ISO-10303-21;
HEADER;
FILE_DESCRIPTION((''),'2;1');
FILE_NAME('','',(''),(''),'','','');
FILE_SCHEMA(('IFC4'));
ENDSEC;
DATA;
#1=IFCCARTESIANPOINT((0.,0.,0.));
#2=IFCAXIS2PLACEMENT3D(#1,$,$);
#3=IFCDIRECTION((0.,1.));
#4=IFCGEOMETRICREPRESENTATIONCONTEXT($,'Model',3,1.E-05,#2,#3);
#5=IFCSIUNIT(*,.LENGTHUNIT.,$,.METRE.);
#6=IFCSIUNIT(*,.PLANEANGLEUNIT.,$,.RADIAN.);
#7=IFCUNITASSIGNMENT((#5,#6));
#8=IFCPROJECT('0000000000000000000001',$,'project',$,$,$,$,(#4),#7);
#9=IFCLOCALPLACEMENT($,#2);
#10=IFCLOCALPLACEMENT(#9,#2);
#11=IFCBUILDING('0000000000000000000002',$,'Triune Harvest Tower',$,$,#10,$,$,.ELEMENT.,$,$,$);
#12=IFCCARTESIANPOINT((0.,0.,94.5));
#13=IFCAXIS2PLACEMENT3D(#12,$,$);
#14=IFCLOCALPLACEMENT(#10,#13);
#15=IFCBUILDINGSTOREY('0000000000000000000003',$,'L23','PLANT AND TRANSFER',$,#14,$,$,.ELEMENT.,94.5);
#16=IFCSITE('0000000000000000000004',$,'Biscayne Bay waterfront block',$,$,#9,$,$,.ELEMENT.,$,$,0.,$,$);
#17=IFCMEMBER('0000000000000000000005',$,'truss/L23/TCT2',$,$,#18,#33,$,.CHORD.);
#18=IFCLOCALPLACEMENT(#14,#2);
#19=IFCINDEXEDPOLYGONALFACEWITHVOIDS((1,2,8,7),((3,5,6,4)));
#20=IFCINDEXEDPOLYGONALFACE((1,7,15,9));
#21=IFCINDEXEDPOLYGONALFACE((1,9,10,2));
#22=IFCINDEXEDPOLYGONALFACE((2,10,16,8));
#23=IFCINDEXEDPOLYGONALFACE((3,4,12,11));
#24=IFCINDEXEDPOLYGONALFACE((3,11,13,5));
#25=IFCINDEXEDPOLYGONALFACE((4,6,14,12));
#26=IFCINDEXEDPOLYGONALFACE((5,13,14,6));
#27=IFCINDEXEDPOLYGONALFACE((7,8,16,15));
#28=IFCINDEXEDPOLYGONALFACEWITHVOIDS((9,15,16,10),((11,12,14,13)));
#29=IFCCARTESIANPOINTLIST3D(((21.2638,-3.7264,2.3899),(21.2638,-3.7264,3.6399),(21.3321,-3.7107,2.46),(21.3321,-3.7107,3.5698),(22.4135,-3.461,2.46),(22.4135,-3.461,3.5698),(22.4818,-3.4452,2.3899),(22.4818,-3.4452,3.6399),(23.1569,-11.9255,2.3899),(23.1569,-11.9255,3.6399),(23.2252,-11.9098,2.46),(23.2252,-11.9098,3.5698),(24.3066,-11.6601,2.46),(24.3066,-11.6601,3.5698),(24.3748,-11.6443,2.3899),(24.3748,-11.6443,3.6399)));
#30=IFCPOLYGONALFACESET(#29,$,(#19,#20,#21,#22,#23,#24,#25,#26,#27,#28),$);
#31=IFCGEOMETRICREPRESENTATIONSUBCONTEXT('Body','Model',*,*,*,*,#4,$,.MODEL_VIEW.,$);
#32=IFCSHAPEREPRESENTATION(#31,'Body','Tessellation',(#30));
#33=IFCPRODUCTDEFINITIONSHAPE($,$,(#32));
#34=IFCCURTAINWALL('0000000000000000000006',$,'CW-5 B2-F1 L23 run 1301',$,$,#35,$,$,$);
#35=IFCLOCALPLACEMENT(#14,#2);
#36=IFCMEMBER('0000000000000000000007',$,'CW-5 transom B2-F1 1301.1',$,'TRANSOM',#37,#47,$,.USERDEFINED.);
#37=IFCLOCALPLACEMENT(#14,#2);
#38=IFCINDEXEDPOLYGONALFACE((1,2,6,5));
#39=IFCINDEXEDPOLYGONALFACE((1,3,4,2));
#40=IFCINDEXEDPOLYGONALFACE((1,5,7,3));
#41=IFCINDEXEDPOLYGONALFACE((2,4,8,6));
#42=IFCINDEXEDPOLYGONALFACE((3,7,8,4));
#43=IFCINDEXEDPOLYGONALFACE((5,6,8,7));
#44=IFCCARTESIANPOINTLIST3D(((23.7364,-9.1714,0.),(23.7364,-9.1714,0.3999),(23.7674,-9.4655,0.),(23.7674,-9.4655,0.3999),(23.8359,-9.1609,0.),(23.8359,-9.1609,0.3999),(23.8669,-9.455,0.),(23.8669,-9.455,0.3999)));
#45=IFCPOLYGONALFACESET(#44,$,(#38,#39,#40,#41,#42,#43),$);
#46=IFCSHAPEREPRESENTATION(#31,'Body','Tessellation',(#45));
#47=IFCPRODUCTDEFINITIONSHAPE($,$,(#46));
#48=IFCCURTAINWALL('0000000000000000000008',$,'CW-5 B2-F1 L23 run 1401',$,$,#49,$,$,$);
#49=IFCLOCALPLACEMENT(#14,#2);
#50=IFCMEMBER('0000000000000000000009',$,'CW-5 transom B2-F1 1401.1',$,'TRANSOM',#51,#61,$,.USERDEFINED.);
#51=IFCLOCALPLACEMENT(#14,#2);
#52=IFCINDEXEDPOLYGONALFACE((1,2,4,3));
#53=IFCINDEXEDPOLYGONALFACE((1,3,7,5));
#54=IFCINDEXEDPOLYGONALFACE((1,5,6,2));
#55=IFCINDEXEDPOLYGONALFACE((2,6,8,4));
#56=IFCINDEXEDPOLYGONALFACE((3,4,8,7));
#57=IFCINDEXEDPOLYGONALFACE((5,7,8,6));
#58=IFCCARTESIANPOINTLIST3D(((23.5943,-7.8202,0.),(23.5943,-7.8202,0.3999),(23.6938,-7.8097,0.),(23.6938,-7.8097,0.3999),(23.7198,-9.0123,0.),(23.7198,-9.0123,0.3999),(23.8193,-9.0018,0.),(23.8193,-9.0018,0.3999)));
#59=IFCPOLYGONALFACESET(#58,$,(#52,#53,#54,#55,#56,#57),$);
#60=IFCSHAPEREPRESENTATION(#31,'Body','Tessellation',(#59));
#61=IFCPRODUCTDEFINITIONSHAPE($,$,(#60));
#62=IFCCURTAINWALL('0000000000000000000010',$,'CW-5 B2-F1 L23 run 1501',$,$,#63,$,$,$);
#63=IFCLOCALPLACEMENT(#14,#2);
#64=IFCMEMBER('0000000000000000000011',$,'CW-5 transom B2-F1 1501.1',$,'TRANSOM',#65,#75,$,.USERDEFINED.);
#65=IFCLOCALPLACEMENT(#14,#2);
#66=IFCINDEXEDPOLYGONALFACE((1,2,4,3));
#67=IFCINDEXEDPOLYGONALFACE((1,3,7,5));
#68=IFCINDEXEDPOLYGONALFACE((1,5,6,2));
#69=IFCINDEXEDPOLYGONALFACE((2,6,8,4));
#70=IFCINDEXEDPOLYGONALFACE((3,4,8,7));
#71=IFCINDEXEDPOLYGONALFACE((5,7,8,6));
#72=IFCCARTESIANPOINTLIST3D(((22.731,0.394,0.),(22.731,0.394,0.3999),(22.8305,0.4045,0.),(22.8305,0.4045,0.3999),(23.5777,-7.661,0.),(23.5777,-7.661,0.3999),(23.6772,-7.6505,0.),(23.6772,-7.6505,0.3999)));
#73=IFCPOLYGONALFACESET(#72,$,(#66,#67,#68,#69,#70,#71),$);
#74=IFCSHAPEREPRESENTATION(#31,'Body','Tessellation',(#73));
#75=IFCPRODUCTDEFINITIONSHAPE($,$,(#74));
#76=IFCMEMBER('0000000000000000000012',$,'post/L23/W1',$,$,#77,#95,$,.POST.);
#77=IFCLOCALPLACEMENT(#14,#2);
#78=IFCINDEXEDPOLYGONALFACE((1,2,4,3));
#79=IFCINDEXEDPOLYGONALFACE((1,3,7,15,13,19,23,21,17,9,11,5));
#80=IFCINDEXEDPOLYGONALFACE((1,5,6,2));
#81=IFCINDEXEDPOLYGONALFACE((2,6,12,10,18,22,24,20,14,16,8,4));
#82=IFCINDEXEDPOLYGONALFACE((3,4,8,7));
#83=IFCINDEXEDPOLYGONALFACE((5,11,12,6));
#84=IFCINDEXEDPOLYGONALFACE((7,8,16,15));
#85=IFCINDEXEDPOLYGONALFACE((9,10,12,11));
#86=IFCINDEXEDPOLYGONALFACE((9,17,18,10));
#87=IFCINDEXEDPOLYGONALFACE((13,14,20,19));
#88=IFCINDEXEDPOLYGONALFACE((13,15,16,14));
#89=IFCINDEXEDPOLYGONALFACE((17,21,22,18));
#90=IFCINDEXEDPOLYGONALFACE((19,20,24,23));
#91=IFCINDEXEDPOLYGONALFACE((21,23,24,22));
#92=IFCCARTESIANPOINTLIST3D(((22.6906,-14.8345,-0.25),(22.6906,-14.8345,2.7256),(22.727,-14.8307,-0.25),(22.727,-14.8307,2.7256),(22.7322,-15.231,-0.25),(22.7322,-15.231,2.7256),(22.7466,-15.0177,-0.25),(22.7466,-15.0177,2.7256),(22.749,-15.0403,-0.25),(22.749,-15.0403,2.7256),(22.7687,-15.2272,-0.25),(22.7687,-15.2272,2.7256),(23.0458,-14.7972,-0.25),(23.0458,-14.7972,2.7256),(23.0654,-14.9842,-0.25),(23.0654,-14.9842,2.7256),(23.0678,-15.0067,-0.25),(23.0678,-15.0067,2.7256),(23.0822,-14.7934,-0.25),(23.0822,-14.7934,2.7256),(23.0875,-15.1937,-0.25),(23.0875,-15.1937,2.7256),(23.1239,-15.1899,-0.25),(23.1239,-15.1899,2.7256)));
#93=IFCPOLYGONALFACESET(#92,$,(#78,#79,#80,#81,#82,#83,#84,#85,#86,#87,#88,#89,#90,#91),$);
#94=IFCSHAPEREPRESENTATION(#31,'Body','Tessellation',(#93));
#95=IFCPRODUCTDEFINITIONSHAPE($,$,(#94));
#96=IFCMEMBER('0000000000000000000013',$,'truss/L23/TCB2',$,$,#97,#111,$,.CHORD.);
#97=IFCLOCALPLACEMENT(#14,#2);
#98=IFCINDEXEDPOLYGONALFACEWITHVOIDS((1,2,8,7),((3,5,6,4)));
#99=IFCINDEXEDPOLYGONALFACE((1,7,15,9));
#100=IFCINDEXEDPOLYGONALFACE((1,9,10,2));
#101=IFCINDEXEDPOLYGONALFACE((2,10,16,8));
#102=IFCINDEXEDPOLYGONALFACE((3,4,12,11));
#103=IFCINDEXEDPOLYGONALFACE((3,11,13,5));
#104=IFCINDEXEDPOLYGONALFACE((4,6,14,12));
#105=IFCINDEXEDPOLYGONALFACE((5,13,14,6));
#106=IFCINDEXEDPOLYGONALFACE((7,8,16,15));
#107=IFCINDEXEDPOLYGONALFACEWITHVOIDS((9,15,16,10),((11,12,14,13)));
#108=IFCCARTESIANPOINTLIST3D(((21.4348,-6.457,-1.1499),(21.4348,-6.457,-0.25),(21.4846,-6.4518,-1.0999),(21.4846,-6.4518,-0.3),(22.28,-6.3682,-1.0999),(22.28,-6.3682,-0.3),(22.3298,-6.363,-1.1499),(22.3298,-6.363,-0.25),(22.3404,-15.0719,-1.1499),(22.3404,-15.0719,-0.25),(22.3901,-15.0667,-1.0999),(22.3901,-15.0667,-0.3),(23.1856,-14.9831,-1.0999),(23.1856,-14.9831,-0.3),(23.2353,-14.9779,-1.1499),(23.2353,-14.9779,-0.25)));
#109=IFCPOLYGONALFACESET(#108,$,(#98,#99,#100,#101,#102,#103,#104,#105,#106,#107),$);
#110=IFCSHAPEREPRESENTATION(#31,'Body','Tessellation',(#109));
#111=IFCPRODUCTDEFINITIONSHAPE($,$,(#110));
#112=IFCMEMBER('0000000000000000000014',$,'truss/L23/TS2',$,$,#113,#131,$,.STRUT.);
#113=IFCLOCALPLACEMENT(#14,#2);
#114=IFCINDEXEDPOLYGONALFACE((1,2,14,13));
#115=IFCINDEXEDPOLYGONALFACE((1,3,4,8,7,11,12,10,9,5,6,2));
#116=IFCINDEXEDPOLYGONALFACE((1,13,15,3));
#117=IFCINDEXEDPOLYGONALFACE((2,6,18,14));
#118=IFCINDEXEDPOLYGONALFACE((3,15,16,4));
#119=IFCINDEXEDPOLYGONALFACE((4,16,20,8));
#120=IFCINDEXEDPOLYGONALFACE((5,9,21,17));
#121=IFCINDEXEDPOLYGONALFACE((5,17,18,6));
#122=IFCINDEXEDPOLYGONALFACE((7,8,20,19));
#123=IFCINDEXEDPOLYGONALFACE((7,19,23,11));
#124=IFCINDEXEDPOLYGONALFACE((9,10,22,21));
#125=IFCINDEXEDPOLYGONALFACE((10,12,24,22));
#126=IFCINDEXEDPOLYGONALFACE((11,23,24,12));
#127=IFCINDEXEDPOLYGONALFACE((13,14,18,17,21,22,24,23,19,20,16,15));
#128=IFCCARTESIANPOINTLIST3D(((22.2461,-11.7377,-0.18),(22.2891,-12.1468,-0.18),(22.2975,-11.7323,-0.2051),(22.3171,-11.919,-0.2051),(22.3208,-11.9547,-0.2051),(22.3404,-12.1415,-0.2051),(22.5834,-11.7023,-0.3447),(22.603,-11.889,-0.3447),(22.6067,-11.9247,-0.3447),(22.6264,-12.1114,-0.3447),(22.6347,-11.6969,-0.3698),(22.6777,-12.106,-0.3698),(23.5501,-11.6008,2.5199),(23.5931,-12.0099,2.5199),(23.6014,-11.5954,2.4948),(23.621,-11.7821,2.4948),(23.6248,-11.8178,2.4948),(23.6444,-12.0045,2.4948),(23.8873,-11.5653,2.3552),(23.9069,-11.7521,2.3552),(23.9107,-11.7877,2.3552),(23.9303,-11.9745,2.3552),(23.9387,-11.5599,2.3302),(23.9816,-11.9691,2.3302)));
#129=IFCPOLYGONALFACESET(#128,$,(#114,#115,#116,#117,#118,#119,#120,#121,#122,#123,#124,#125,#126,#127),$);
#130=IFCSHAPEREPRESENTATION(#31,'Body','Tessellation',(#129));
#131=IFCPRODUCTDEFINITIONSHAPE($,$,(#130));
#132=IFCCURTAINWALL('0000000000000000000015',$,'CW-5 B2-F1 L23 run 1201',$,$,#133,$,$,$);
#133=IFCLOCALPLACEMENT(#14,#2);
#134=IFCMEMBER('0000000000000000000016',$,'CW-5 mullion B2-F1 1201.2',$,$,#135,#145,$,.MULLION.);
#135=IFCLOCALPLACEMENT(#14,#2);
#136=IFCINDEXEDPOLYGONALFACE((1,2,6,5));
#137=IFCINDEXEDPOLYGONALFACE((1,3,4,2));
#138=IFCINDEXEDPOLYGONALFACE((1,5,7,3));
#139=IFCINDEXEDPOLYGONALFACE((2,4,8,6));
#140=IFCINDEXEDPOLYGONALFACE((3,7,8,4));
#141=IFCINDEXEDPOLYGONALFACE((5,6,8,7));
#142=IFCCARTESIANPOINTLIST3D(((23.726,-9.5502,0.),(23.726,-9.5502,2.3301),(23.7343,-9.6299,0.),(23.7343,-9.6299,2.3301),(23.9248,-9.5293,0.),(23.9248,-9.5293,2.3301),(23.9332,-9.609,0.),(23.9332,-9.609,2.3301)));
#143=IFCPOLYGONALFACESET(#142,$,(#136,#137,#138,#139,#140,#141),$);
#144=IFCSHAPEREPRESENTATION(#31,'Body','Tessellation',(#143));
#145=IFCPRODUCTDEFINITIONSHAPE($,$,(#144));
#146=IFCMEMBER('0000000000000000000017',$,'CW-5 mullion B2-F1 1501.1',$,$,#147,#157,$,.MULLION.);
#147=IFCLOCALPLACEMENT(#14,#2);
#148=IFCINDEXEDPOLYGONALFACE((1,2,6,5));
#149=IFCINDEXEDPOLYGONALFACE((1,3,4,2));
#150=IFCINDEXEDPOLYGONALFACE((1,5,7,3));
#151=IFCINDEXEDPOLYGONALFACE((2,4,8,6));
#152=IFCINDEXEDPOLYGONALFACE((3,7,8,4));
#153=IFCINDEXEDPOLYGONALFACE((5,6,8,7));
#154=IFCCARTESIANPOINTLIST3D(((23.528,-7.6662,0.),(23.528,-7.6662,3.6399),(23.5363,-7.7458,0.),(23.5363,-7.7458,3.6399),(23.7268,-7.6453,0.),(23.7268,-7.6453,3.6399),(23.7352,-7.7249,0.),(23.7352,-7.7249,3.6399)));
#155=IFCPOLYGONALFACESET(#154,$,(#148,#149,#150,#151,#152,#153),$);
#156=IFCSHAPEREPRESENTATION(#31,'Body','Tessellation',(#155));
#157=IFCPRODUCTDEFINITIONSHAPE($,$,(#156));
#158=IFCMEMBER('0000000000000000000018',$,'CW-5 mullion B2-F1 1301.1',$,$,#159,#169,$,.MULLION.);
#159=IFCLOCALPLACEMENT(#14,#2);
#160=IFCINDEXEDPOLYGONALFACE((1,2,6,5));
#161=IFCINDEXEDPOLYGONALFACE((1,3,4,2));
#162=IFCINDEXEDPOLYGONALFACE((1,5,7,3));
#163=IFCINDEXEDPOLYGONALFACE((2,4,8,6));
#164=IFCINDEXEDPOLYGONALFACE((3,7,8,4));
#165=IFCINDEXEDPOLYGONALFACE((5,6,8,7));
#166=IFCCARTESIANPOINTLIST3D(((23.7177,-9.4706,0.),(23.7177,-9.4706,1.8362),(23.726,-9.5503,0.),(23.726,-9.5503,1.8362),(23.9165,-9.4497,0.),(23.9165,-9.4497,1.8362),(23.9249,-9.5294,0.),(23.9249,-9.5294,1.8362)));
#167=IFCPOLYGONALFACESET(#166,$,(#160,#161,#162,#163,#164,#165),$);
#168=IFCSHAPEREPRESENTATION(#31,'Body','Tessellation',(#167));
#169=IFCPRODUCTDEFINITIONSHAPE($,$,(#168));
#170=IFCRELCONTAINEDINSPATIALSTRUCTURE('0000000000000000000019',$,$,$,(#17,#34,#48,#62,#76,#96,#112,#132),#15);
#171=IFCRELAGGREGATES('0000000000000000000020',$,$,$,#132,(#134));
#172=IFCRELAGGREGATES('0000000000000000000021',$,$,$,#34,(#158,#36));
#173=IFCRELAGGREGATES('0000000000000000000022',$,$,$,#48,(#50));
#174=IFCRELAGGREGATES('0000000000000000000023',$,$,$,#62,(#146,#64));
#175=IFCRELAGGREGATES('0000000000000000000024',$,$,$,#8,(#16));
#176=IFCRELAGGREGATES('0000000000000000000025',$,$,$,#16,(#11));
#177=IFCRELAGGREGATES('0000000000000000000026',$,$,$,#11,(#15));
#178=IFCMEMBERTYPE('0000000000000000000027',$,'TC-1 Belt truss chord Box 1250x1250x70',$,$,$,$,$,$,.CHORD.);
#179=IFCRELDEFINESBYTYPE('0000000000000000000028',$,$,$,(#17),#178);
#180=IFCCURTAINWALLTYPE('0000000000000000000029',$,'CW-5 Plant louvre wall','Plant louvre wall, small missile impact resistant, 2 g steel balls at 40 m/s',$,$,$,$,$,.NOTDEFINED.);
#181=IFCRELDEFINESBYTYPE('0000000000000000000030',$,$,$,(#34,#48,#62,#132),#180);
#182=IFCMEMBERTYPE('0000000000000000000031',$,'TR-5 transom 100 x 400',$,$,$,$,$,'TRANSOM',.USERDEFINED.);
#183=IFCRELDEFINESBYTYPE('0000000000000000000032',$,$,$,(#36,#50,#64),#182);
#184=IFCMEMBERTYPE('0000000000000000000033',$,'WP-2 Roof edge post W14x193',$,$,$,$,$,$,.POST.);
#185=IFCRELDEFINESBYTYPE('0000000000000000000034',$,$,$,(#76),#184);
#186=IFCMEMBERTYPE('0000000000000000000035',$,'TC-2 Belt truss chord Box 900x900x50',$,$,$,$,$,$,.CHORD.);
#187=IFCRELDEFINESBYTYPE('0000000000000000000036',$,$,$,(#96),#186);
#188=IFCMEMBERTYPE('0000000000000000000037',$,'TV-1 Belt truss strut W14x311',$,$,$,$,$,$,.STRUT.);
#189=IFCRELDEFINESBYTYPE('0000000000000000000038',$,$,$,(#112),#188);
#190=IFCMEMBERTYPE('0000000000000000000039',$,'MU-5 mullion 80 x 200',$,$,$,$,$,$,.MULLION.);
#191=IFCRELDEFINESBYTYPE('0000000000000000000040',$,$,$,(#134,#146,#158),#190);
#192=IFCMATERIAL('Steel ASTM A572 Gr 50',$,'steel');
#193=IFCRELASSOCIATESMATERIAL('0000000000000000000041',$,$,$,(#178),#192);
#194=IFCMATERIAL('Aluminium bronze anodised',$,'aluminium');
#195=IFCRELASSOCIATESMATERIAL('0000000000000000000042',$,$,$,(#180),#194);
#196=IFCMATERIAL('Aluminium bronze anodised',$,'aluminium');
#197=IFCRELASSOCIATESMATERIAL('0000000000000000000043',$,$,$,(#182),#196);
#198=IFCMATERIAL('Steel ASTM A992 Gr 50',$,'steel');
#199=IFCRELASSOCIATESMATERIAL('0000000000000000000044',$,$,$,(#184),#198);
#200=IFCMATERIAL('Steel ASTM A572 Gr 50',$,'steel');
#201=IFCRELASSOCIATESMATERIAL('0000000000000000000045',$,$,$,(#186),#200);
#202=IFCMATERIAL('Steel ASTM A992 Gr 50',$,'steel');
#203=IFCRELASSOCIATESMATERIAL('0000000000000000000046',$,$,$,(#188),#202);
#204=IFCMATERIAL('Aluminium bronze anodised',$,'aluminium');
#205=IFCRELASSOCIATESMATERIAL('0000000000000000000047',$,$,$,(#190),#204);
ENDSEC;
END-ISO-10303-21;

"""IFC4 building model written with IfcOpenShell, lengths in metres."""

from ifc_helpers import new_model, si_unit, direction, frame, origin, origin_2d, place, context, subcontext, project, spatial, rectangle, hollow_rectangle, i_section, extrude, source, transform, mapped, material, material_profile, profile_set, type_object, element, aggregate, save


model = new_model("IFC4")

# Units and contexts
model_context = context("Model", 3, precision=1e-05, world=origin(), true_north=direction((0.0, 1.0)))
body_context = subcontext(model_context, "Body", "Model", "MODEL_VIEW")
ifc_project = project(units=[si_unit("LENGTHUNIT", "METRE"), si_unit("PLANEANGLEUNIT", "RADIAN")], contexts=[model_context])

# Site, building, storey
site_placement = place(None, origin())
site = spatial("IfcSite", under=ifc_project, at=site_placement, Name="Biscayne Bay waterfront block", CompositionType="ELEMENT", RefElevation=0.0)
building_placement = place(site_placement, origin())
building = spatial("IfcBuilding", under=site, at=building_placement, Name="Triune Harvest Tower", CompositionType="ELEMENT")
storey_placement = place(building_placement, frame((0.0, 0.0, 94.5)))
storey = spatial("IfcBuildingStorey", under=building, at=storey_placement, Name="L23", Description="PLANT AND TRANSFER", CompositionType="ELEMENT", Elevation=94.5)

# Member
ifc_material_1 = material(Name="Steel ASTM A572 Gr 50", Category="steel")
ifc_material_profile_1 = material_profile(ifc_material_1, hollow_rectangle(XDim=1.25, YDim=1.25, WallThickness=0.0701, at=origin_2d()), Name="Box 1250x1250x70")
ifc_profile_set_1 = profile_set([ifc_material_profile_1], Name="Steel ASTM A572 Gr 50")
member_type_1 = type_object("IfcMemberType", Name="TC-1 Belt truss chord Box 1250x1250x70", PredefinedType="CHORD", material=ifc_profile_set_1)
member_1_placement = place(storey_placement, frame((23.7659, -11.7849, 3.0149), z_axis=(-0.224972, 0.974365, 0.0), x_axis=(-0.974365, -0.224972, 0.0)))
element("IfcMember", 1, at=member_1_placement, inside=storey, type_object=member_type_1, Name="truss/L23/TCT2", PredefinedType="CHORD", context=body_context, shape_type="SweptSolid", body=[
    extrude(hollow_rectangle(XDim=1.25, YDim=1.25, WallThickness=0.0701, at=origin_2d()), origin(), (0.0, 0.0, 1.0), 8.4148),
])

# Curtain walls, members
ifc_material_2 = material(Name="Aluminium bronze anodised", Category="aluminium")
curtain_wall_type = type_object("IfcCurtainWallType", Name="CW-5 Plant louvre wall", Description="Plant louvre wall, small missile impact resistant, 2 g steel balls at 40 m/s", PredefinedType="NOTDEFINED", material=ifc_material_2)
curtain_wall_1_placement = place(storey_placement, origin())
curtain_wall_1 = element("IfcCurtainWall", 2, at=curtain_wall_1_placement, inside=storey, type_object=curtain_wall_type, Name="CW-5 B2-F1 L23 run 1301")
ifc_material_3 = material(Name="Aluminium bronze anodised", Category="aluminium")
ifc_material_profile_2 = material_profile(ifc_material_3, rectangle(XDim=0.1001, YDim=0.3999, at=origin_2d()), Name="TR-5 transom 100 x 400")
ifc_profile_set_2 = profile_set([ifc_material_profile_2], Name="Aluminium bronze anodised")
member_type_2 = type_object("IfcMemberType", Name="TR-5 transom 100 x 400", ElementType="TRANSOM", PredefinedType="USERDEFINED", material=ifc_profile_set_2)
member_2_placement = place(storey_placement, frame((23.8171, -9.4602, 0.2), z_axis=(-0.1049, 0.994483, 0.0), x_axis=(-0.994483, -0.1049, 0.0)))
member_2 = element("IfcMember", 3, at=member_2_placement, type_object=member_type_2, Name="CW-5 transom B2-F1 1301.1", ObjectType="TRANSOM", PredefinedType="USERDEFINED", context=body_context, shape_type="SweptSolid", body=[
    extrude(rectangle(XDim=0.1001, YDim=0.3999, at=origin_2d()), origin(), (0.0, 0.0, 1.0), 0.2957),
])
curtain_wall_2_placement = place(storey_placement, origin())
curtain_wall_2 = element("IfcCurtainWall", 4, at=curtain_wall_2_placement, inside=storey, type_object=curtain_wall_type, Name="CW-5 B2-F1 L23 run 1401")
member_3_placement = place(storey_placement, frame((23.7695, -9.0071, 0.2), z_axis=(-0.104685, 0.994505, 0.0), x_axis=(-0.994505, -0.104685, 0.0)))
member_3 = element("IfcMember", 5, at=member_3_placement, type_object=member_type_2, Name="CW-5 transom B2-F1 1401.1", ObjectType="TRANSOM", PredefinedType="USERDEFINED", context=body_context, shape_type="SweptSolid", body=[
    extrude(rectangle(XDim=0.1001, YDim=0.3999, at=origin_2d()), origin(), (0.0, 0.0, 1.0), 1.1987),
])
curtain_wall_3_placement = place(storey_placement, origin())
curtain_wall_3 = element("IfcCurtainWall", 6, at=curtain_wall_3_placement, inside=storey, type_object=curtain_wall_type, Name="CW-5 B2-F1 L23 run 1501")
member_4_placement = place(storey_placement, frame((23.6274, -7.6558, 0.2), z_axis=(-0.104537, 0.994521, 0.0), x_axis=(-0.994521, -0.104537, 0.0)))
member_4 = element("IfcMember", 7, at=member_4_placement, type_object=member_type_2, Name="CW-5 transom B2-F1 1501.1", ObjectType="TRANSOM", PredefinedType="USERDEFINED", context=body_context, shape_type="SweptSolid", body=[
    extrude(rectangle(XDim=0.1001, YDim=0.3999, at=origin_2d()), origin(), (0.0, 0.0, 1.0), 8.0994),
])

# Members
ifc_material_4 = material(Name="Steel ASTM A992 Gr 50", Category="steel")
ifc_material_profile_3 = material_profile(ifc_material_4, i_section(OverallWidth=0.3987, OverallDepth=0.3938, WebThickness=0.0227, FlangeThickness=0.0366, at=origin_2d()), Name="W14x193")
ifc_profile_set_3 = profile_set([ifc_material_profile_3], Name="Steel ASTM A992 Gr 50")
member_type_3 = type_object("IfcMemberType", Name="WP-2 Roof edge post W14x193", PredefinedType="POST", material=ifc_profile_set_3)
shared_shape_1 = source(origin(), body_context, "Body", "SweptSolid", [
    extrude(i_section(OverallWidth=0.3987, OverallDepth=0.3938, WebThickness=0.0227, FlangeThickness=0.0366, at=origin_2d()), origin(), (0.0, 0.0, 1.0), 2.9756),
])
member_5_placement = place(storey_placement, frame((22.9072, -15.0122, -0.25), z_axis=(0.0, 0.0, 1.0), x_axis=(-0.104527, 0.994522, 0.0)))
element("IfcMember", 8, at=member_5_placement, inside=storey, type_object=member_type_3, Name="post/L23/W1", PredefinedType="POST", context=body_context, shape_type="MappedRepresentation", body=[
    mapped(shared_shape_1, transform((0.0, 0.0, 0.0), scale=1.0)),
])
ifc_material_5 = material(Name="Steel ASTM A572 Gr 50", Category="steel")
ifc_material_profile_4 = material_profile(ifc_material_5, hollow_rectangle(XDim=0.8999, YDim=0.8999, WallThickness=0.05, at=origin_2d()), Name="Box 900x900x50")
ifc_profile_set_4 = profile_set([ifc_material_profile_4], Name="Steel ASTM A572 Gr 50")
member_type_4 = type_object("IfcMemberType", Name="TC-2 Belt truss chord Box 900x900x50", PredefinedType="CHORD", material=ifc_profile_set_4)
shared_shape_2 = source(origin(), body_context, "Body", "SweptSolid", [
    extrude(hollow_rectangle(XDim=0.8999, YDim=0.8999, WallThickness=0.05, at=origin_2d()), origin(), (0.0, 0.0, 1.0), 8.6624),
])
member_6_placement = place(storey_placement, frame((22.7878, -15.0249, -0.7), z_axis=(-0.104534, 0.994521, 0.0), x_axis=(-0.994521, -0.104534, 0.0)))
element("IfcMember", 9, at=member_6_placement, inside=storey, type_object=member_type_4, Name="truss/L23/TCB2", PredefinedType="CHORD", context=body_context, shape_type="MappedRepresentation", body=[
    mapped(shared_shape_2, transform((0.0, 0.0, 0.0), scale=1.0)),
])
ifc_material_6 = material(Name="Steel ASTM A992 Gr 50", Category="steel")
ifc_material_profile_5 = material_profile(ifc_material_6, i_section(OverallWidth=0.4114, OverallDepth=0.4343, WebThickness=0.0359, FlangeThickness=0.0574, at=origin_2d()), Name="W14x311")
ifc_profile_set_5 = profile_set([ifc_material_profile_5], Name="Steel ASTM A992 Gr 50")
member_type_5 = type_object("IfcMemberType", Name="TV-1 Belt truss strut W14x311", PredefinedType="STRUT", material=ifc_profile_set_5)
shared_shape_3 = source(origin(), body_context, "Body", "SweptSolid", [
    extrude(i_section(OverallWidth=0.4114, OverallDepth=0.4343, WebThickness=0.0359, FlangeThickness=0.0574, at=origin_2d()), origin(), (0.0, 0.0, 1.0), 3.0015),
])
member_7_placement = place(storey_placement, frame((22.4619, -11.9219, -0.2749), z_axis=(0.434439, 0.045632, 0.899544), x_axis=(-0.104462, 0.994529, 0.0)))
element("IfcMember", 10, at=member_7_placement, inside=storey, type_object=member_type_5, Name="truss/L23/TS2", PredefinedType="STRUT", context=body_context, shape_type="MappedRepresentation", body=[
    mapped(shared_shape_3, transform((0.0, 0.0, 0.0), scale=1.0)),
])

# Curtain wall, member
curtain_wall_4_placement = place(storey_placement, origin())
curtain_wall_4 = element("IfcCurtainWall", 11, at=curtain_wall_4_placement, inside=storey, type_object=curtain_wall_type, Name="CW-5 B2-F1 L23 run 1201")
ifc_material_7 = material(Name="Aluminium bronze anodised", Category="aluminium")
ifc_material_profile_6 = material_profile(ifc_material_7, rectangle(XDim=0.2, YDim=0.0801, at=origin_2d()), Name="MU-5 mullion 80 x 200")
ifc_profile_set_6 = profile_set([ifc_material_profile_6], Name="Aluminium bronze anodised")
member_type_6 = type_object("IfcMemberType", Name="MU-5 mullion 80 x 200", PredefinedType="MULLION", material=ifc_profile_set_6)
shared_shape_4 = source(origin(), body_context, "Body", "SweptSolid", [
    extrude(rectangle(XDim=0.2, YDim=0.0801, at=origin_2d()), origin(), (0.0, 0.0, 1.0), 2.3301),
])
member_8_placement = place(storey_placement, frame((23.8296, -9.5796, 0.0), z_axis=(0.0, 0.0, 1.0), x_axis=(-0.994519, -0.104552, 0.0)))
member_8 = element("IfcMember", 12, at=member_8_placement, type_object=member_type_6, Name="CW-5 mullion B2-F1 1201.2", PredefinedType="MULLION", context=body_context, shape_type="MappedRepresentation", body=[
    mapped(shared_shape_4, transform((0.0, 0.0, 0.0), scale=1.0)),
])
aggregate(curtain_wall_4, [member_8])

# Members
shared_shape_5 = source(origin(), body_context, "Body", "SweptSolid", [
    extrude(rectangle(XDim=0.2, YDim=0.0801, at=origin_2d()), origin(), (0.0, 0.0, 1.0), 3.6399),
])
member_9_placement = place(storey_placement, frame((23.6316, -7.6956, 0.0), z_axis=(0.0, 0.0, 1.0), x_axis=(-0.994522, -0.104528, 0.0)))
member_9 = element("IfcMember", 13, at=member_9_placement, type_object=member_type_6, Name="CW-5 mullion B2-F1 1501.1", PredefinedType="MULLION", context=body_context, shape_type="MappedRepresentation", body=[
    mapped(shared_shape_5, transform((0.0, 0.0, 0.0), scale=1.0)),
])
shared_shape_6 = source(origin(), body_context, "Body", "SweptSolid", [
    extrude(rectangle(XDim=0.2, YDim=0.0801, at=origin_2d()), origin(), (0.0, 0.0, 1.0), 1.8362),
])
member_10_placement = place(storey_placement, frame((23.8213, -9.5, 0.0), z_axis=(0.0, 0.0, 1.0), x_axis=(-0.994529, -0.104456, 0.0)))
member_10 = element("IfcMember", 14, at=member_10_placement, type_object=member_type_6, Name="CW-5 mullion B2-F1 1301.1", PredefinedType="MULLION", context=body_context, shape_type="MappedRepresentation", body=[
    mapped(shared_shape_6, transform((0.0, 0.0, 0.0), scale=1.0)),
])

aggregate(curtain_wall_1, [member_10, member_2])
aggregate(curtain_wall_2, [member_3])
aggregate(curtain_wall_3, [member_9, member_4])

save(model, "model.ifc")
